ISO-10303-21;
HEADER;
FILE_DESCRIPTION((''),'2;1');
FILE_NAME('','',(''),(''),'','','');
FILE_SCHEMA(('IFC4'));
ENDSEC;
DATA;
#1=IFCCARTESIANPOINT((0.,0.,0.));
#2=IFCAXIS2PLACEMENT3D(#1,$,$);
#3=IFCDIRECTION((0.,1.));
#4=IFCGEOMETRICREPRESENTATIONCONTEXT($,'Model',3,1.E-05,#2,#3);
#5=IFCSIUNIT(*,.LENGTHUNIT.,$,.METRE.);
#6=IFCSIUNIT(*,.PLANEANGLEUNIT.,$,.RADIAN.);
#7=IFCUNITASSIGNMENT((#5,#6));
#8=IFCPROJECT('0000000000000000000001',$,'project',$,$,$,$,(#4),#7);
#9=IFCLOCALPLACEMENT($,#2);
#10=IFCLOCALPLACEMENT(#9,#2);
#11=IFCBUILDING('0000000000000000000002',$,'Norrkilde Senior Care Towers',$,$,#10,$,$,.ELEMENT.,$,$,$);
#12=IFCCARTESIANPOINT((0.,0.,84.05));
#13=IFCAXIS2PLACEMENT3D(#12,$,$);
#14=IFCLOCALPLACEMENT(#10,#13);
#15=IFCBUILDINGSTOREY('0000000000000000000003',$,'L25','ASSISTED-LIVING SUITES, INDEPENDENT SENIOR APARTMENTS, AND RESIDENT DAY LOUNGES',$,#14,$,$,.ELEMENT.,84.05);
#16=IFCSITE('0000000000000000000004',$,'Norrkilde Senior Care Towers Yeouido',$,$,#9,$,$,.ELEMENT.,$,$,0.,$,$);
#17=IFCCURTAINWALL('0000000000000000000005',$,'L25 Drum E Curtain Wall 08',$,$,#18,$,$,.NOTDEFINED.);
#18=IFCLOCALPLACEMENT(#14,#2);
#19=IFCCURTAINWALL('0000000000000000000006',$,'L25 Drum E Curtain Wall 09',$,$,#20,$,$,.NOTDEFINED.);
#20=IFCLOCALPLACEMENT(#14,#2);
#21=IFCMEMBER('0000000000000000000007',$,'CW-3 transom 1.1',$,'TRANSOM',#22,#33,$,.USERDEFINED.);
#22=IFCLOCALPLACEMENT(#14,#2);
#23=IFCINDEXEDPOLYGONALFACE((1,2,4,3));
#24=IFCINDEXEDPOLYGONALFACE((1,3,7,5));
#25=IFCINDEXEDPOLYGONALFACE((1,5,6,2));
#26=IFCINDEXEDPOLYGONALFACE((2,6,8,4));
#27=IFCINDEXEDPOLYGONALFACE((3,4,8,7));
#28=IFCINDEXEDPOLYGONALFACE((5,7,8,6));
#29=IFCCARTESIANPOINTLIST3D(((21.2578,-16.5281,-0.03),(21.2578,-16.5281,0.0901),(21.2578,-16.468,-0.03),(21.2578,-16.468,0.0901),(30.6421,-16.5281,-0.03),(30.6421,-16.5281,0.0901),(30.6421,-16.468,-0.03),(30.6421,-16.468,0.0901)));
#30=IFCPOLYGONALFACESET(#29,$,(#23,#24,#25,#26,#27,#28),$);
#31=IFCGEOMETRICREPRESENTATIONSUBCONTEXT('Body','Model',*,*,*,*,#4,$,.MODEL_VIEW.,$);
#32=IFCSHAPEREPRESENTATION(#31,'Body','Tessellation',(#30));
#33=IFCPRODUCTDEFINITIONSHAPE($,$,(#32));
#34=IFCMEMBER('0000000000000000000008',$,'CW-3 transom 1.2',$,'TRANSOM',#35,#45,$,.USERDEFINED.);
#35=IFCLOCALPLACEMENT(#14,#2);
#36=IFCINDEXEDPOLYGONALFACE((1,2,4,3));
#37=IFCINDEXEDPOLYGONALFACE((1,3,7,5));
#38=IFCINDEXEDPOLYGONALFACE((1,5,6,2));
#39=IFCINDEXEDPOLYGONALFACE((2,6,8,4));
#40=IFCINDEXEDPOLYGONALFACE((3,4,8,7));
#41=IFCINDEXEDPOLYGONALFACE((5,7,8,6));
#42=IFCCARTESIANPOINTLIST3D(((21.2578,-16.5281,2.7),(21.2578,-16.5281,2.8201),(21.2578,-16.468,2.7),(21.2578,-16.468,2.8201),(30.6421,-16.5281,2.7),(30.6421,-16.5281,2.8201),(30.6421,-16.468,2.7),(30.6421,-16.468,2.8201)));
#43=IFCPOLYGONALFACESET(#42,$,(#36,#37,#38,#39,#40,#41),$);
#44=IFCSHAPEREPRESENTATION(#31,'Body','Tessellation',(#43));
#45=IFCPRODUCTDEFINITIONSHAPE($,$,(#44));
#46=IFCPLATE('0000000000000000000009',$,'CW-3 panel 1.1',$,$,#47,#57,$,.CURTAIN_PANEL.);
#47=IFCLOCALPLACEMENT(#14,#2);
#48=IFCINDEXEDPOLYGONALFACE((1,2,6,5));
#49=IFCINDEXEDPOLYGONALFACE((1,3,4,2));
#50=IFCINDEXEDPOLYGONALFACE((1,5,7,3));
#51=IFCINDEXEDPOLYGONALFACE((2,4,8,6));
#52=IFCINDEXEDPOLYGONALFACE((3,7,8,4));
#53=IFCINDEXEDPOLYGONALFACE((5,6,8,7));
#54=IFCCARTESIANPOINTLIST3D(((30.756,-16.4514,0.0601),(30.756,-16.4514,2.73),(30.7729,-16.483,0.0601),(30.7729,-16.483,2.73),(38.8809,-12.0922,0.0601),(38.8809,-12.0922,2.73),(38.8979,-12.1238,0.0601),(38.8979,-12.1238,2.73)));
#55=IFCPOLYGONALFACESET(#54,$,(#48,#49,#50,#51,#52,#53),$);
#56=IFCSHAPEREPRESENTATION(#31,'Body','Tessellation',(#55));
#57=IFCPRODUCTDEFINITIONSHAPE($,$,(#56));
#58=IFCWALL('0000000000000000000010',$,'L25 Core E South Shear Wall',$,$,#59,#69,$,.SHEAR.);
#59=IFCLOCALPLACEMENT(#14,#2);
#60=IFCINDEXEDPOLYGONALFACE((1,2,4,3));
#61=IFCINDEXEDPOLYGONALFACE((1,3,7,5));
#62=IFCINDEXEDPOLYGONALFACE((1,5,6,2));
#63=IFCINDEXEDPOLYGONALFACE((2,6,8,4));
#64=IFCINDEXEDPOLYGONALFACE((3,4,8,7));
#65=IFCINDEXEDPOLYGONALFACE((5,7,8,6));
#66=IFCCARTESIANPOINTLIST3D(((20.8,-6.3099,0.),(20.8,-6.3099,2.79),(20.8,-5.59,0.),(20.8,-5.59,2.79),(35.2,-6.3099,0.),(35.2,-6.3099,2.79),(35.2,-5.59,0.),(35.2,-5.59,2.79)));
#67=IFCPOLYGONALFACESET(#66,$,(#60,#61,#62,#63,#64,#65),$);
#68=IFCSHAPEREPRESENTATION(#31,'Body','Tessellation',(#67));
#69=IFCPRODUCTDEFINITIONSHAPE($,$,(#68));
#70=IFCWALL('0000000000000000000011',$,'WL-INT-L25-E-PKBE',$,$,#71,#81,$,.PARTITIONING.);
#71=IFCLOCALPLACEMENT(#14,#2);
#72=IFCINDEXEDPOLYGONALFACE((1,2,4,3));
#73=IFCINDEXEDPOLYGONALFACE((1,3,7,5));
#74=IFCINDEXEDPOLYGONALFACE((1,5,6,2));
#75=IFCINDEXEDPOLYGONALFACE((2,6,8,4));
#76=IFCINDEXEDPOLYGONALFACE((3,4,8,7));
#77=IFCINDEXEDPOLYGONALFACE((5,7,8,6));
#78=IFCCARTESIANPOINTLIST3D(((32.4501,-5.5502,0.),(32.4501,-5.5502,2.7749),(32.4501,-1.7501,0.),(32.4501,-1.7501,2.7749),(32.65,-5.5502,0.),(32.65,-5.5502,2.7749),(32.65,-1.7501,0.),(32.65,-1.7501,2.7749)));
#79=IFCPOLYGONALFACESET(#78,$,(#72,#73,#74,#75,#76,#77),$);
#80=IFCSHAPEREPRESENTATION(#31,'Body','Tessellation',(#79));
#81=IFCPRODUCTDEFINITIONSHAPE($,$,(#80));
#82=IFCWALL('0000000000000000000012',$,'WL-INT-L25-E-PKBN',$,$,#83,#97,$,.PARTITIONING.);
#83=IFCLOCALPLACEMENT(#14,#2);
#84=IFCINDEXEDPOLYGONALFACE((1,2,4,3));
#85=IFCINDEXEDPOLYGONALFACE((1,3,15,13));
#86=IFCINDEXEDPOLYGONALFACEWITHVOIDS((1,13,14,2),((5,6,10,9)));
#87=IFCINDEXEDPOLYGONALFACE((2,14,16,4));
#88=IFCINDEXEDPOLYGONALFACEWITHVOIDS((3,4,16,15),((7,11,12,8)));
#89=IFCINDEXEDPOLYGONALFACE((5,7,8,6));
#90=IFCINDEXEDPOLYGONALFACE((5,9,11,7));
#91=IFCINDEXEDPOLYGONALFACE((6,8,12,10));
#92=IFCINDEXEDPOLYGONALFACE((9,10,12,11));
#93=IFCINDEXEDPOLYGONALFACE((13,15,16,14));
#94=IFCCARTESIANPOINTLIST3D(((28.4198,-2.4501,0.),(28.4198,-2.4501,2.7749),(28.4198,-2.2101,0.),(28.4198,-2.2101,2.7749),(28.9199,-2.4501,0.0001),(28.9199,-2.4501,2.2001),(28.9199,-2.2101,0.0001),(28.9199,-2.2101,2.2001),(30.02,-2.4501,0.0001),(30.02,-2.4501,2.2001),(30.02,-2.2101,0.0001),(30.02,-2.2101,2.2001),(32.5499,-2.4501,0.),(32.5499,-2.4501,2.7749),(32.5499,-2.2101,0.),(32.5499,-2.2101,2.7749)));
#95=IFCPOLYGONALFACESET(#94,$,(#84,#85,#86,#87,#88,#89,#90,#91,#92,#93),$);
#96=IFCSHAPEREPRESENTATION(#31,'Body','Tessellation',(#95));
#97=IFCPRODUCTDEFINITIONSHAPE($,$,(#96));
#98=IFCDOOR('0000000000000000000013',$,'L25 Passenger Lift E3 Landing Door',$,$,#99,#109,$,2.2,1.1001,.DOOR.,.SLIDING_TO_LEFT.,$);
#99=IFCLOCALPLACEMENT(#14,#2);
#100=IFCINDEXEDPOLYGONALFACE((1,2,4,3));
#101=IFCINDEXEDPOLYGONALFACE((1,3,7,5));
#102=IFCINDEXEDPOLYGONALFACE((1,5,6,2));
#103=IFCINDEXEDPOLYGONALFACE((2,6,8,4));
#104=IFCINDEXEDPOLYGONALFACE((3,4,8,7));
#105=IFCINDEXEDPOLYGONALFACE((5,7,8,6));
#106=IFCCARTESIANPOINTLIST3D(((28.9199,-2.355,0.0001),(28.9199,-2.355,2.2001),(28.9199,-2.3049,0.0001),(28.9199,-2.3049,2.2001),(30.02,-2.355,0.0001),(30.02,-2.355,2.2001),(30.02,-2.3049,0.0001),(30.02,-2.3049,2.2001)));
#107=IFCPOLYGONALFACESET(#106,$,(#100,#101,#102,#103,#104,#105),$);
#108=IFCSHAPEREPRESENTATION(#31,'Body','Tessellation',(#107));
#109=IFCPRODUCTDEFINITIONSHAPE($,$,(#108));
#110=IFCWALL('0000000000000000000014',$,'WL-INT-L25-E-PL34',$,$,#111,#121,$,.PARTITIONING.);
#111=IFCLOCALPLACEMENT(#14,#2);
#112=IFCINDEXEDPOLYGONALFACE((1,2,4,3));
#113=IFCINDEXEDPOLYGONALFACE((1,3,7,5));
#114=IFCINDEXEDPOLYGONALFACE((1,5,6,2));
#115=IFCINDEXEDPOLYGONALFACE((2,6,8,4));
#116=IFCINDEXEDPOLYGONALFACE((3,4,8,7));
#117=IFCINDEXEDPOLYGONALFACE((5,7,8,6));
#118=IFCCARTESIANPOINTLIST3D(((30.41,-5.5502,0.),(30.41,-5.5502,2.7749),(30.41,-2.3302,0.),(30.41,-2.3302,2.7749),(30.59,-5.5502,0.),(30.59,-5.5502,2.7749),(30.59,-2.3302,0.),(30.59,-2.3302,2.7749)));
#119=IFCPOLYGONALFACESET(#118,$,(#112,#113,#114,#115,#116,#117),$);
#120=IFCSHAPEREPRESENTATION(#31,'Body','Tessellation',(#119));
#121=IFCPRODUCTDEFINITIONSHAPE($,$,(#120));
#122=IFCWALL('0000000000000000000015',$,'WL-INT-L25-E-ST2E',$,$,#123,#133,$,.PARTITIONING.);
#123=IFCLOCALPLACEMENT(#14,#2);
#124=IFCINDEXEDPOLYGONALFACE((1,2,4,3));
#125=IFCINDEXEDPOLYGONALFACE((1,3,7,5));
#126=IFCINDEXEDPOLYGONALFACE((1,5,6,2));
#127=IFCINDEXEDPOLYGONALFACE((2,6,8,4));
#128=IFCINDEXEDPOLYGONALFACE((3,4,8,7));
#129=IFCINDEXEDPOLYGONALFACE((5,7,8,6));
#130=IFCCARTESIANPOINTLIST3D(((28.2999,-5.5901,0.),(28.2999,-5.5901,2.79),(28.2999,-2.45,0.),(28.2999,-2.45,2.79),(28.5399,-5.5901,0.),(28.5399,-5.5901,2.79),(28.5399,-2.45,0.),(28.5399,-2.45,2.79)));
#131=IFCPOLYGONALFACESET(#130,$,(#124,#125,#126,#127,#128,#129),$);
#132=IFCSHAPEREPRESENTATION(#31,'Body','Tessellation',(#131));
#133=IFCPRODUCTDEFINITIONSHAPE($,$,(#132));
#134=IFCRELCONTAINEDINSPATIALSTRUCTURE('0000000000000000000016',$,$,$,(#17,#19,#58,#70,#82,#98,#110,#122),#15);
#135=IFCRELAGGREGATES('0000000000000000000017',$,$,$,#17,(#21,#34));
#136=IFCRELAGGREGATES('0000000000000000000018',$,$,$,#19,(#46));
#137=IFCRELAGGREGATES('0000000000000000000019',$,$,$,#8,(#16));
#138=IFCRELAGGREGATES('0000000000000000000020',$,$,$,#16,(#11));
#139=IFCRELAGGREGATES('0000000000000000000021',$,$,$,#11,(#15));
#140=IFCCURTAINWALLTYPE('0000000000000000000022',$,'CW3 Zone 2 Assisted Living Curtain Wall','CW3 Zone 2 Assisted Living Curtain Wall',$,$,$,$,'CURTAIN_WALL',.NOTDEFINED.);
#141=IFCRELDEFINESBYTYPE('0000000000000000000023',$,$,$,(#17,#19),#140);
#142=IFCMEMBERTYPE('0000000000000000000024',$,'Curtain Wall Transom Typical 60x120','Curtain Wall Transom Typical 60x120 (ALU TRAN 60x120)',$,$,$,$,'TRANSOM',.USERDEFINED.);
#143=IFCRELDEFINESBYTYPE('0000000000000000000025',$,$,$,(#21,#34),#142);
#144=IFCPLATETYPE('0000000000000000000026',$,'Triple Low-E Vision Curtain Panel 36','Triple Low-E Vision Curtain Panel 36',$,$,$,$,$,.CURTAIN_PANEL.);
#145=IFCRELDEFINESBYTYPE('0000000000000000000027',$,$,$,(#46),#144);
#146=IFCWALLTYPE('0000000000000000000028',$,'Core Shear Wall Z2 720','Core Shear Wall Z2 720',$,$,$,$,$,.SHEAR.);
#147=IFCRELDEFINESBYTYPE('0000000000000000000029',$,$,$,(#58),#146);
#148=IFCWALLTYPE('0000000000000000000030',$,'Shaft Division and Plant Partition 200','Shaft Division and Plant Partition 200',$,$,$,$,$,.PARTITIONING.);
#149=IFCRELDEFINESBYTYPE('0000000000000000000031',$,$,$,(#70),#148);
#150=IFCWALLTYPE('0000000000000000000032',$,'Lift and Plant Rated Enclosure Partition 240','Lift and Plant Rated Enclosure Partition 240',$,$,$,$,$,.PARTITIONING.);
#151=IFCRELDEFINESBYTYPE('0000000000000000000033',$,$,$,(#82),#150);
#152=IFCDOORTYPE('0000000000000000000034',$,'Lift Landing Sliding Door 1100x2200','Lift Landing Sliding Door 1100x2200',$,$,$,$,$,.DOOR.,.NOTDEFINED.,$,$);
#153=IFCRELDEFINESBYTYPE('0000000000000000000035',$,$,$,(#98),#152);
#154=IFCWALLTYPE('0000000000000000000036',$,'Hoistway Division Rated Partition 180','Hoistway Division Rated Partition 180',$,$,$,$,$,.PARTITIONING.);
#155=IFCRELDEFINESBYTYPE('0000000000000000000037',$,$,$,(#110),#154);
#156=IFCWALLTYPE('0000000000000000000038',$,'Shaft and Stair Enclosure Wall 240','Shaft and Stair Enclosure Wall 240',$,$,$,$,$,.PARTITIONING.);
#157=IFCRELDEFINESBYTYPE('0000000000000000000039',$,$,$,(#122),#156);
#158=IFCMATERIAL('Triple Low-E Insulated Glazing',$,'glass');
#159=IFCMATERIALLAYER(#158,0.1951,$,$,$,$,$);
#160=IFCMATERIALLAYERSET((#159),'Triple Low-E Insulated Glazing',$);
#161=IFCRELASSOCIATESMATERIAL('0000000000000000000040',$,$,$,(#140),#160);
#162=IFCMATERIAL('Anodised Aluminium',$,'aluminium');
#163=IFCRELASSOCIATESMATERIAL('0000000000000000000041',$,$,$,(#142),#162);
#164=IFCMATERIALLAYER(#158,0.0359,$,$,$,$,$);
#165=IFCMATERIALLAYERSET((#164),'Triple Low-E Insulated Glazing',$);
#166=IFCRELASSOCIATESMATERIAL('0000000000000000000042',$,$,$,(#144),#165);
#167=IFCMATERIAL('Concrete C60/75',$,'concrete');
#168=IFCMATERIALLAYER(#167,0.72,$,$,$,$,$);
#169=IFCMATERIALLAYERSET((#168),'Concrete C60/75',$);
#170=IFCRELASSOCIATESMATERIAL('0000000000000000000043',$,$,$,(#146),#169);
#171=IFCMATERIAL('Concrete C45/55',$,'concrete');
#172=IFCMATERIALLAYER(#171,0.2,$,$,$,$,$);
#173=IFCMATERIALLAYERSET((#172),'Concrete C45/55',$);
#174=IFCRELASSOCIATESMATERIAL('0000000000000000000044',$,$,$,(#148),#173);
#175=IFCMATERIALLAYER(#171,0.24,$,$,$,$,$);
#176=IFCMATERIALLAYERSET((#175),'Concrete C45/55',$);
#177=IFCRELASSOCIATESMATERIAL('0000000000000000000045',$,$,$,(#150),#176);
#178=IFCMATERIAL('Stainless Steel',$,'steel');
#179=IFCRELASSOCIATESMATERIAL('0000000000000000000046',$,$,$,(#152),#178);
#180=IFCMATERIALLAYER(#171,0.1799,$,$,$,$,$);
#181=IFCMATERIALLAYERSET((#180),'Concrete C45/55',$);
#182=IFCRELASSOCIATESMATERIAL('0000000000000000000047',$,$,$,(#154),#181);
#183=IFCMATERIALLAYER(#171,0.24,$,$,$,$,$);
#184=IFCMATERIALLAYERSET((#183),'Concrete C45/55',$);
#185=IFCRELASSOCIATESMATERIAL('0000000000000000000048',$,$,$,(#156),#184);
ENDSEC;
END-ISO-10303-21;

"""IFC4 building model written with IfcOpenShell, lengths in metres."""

from ifc_helpers import new_model, si_unit, direction, frame, frame_2d, origin, origin_2d, place, context, subcontext, project, spatial, rectangle, extrude, source, transform, mapped, material, layer, layer_set, material_profile, profile_set, type_object, type_shapes, element, fill, aggregate, save


model = new_model("IFC4")

# Units and contexts
model_context = context("Model", 3, precision=1e-05, world=origin(), true_north=direction((0.0, 1.0)))
body_context = subcontext(model_context, "Body", "Model", "MODEL_VIEW")
ifc_project = project(units=[si_unit("LENGTHUNIT", "METRE"), si_unit("PLANEANGLEUNIT", "RADIAN")], contexts=[model_context])

# Site, building, storey
site_placement = place(None, origin())
site = spatial("IfcSite", under=ifc_project, at=site_placement, Name="Norrkilde Senior Care Towers Yeouido", CompositionType="ELEMENT", RefElevation=0.0)
building_placement = place(site_placement, origin())
building = spatial("IfcBuilding", under=site, at=building_placement, Name="Norrkilde Senior Care Towers", CompositionType="ELEMENT")
storey_placement = place(building_placement, frame((0.0, 0.0, 84.05)))
storey = spatial("IfcBuildingStorey", under=building, at=storey_placement, Name="L25", Description="ASSISTED-LIVING SUITES, INDEPENDENT SENIOR APARTMENTS, AND RESIDENT DAY LOUNGES", CompositionType="ELEMENT", Elevation=84.05)

# Shared definitions
ifc_material_1 = material(Name="Concrete C60/75", Category="concrete")

# Curtain walls
ifc_material_2 = material(Name="Triple Low-E Insulated Glazing", Category="glass")
ifc_layer_1 = layer(ifc_material_2, 0.1951)
ifc_layer_set_1 = layer_set([ifc_layer_1], Name="Triple Low-E Insulated Glazing")
curtain_wall_type = type_object("IfcCurtainWallType", Name="CW3 Zone 2 Assisted Living Curtain Wall", Description="CW3 Zone 2 Assisted Living Curtain Wall", ElementType="CURTAIN_WALL", PredefinedType="NOTDEFINED", material=ifc_layer_set_1)
curtain_wall_1_placement = place(storey_placement, origin())
curtain_wall_1 = element("IfcCurtainWall", 1, at=curtain_wall_1_placement, inside=storey, type_object=curtain_wall_type, Name="L25 Drum E Curtain Wall 08", PredefinedType="NOTDEFINED")
ifc_material_3 = material(Name="Anodised Aluminium", Category="aluminium")
curtain_wall_2_placement = place(storey_placement, origin())
curtain_wall_2 = element("IfcCurtainWall", 2, at=curtain_wall_2_placement, inside=storey, type_object=curtain_wall_type, Name="L25 Drum E Curtain Wall 09", PredefinedType="NOTDEFINED")

# Members
ifc_material_profile_1 = material_profile(ifc_material_3, rectangle(XDim=0.0601, YDim=0.1201, at=origin_2d()), Name="ALU TRAN 60x120")
ifc_profile_set_1 = profile_set([ifc_material_profile_1], Name="Anodised Aluminium")
member_type_1 = type_object("IfcMemberType", Name="Curtain Wall Transom Typical 60x120", Description="Curtain Wall Transom Typical 60x120 (ALU TRAN 60x120)", ElementType="TRANSOM", PredefinedType="USERDEFINED", material=ifc_profile_set_1)
shared_shape_1 = source(origin(), body_context, "Body", "SweptSolid", [
    extrude(rectangle(XDim=0.0601, YDim=0.1201, at=origin_2d()), origin(), (0.0, 0.0, 1.0), 9.3843),
])
type_shapes(member_type_1, [shared_shape_1])
member_1_placement = place(storey_placement, frame((30.6421, -16.498, 0.03), z_axis=(-1.0, 0.0, 0.0), x_axis=(0.0, -1.0, 0.0)))
member_1 = element("IfcMember", 3, at=member_1_placement, type_object=member_type_1, Name="CW-3 transom 1.1", ObjectType="TRANSOM", PredefinedType="USERDEFINED", context=body_context, shape_type="MappedRepresentation", body=[
    mapped(shared_shape_1, transform((0.0, 0.0, 0.0), x_axis=(1.0, 0.0, 0.0), y_axis=(0.0, 1.0, 0.0), z_axis=(0.0, 0.0, 1.0), scale=1.0)),
])
member_2_placement = place(storey_placement, frame((30.6421, -16.498, 2.76), z_axis=(-1.0, 0.0, 0.0), x_axis=(0.0, -1.0, 0.0)))
member_2 = element("IfcMember", 4, at=member_2_placement, type_object=member_type_1, Name="CW-3 transom 1.2", ObjectType="TRANSOM", PredefinedType="USERDEFINED", context=body_context, shape_type="MappedRepresentation", body=[
    mapped(shared_shape_1, transform((0.0, 0.0, 0.0), x_axis=(1.0, 0.0, 0.0), y_axis=(0.0, 1.0, 0.0), z_axis=(0.0, 0.0, 1.0), scale=1.0)),
])
aggregate(curtain_wall_1, [member_1, member_2])

# Plate
ifc_layer_2 = layer(ifc_material_2, 0.0359)
ifc_layer_set_2 = layer_set([ifc_layer_2], Name="Triple Low-E Insulated Glazing")
plate_type = type_object("IfcPlateType", Name="Triple Low-E Vision Curtain Panel 36", Description="Triple Low-E Vision Curtain Panel 36", PredefinedType="CURTAIN_PANEL", material=ifc_layer_set_2)
shared_shape_2 = source(origin(), body_context, "Body", "SweptSolid", [
    extrude(rectangle(XDim=9.2205, YDim=0.0359, at=origin_2d()), origin(), (0.0, 0.0, 1.0), 2.6699),
])
type_shapes(plate_type, [shared_shape_2])
plate_placement = place(storey_placement, frame((34.8269, -14.2876, 0.0601), z_axis=(0.0, 0.0, 1.0), x_axis=(-0.881186, -0.472769, 0.0)))
plate = element("IfcPlate", 5, at=plate_placement, type_object=plate_type, Name="CW-3 panel 1.1", PredefinedType="CURTAIN_PANEL", context=body_context, shape_type="MappedRepresentation", body=[
    mapped(shared_shape_2, transform((0.0, 0.0, 0.0), x_axis=(1.0, 0.0, 0.0), y_axis=(0.0, 1.0, 0.0), z_axis=(0.0, 0.0, 1.0), scale=1.0)),
])
aggregate(curtain_wall_2, [plate])

# Walls
ifc_layer_3 = layer(ifc_material_1, 0.72)
ifc_layer_set_3 = layer_set([ifc_layer_3], Name="Concrete C60/75")
wall_type_1 = type_object("IfcWallType", Name="Core Shear Wall Z2 720", Description="Core Shear Wall Z2 720", PredefinedType="SHEAR", material=ifc_layer_set_3)
shared_shape_3 = source(origin(), body_context, "Body", "SweptSolid", [
    extrude(rectangle(XDim=14.3999, YDim=0.72, at=frame_2d((7.2, 0.0))), origin(), (0.0, 0.0, 1.0), 2.79),
])
type_shapes(wall_type_1, [shared_shape_3])
wall_1_placement = place(storey_placement, frame((35.2, -5.95, 0.0), z_axis=(0.0, 0.0, 1.0), x_axis=(-1.0, 0.0, 0.0)))
element("IfcWall", 6, at=wall_1_placement, inside=storey, type_object=wall_type_1, Name="L25 Core E South Shear Wall", PredefinedType="SHEAR", context=body_context, shape_type="MappedRepresentation", body=[
    mapped(shared_shape_3, transform((0.0, 0.0, 0.0), x_axis=(1.0, 0.0, 0.0), y_axis=(0.0, 1.0, 0.0), z_axis=(0.0, 0.0, 1.0), scale=1.0)),
])
ifc_material_4 = material(Name="Concrete C45/55", Category="concrete")
ifc_layer_4 = layer(ifc_material_4, 0.2)
ifc_layer_set_4 = layer_set([ifc_layer_4], Name="Concrete C45/55")
wall_type_2 = type_object("IfcWallType", Name="Shaft Division and Plant Partition 200", Description="Shaft Division and Plant Partition 200", PredefinedType="PARTITIONING", material=ifc_layer_set_4)
shared_shape_4 = source(origin(), body_context, "Body", "SweptSolid", [
    extrude(rectangle(XDim=3.8, YDim=0.2, at=frame_2d((1.8999, 0.0))), origin(), (0.0, 0.0, 1.0), 2.7749),
])
type_shapes(wall_type_2, [shared_shape_4])
wall_2_placement = place(storey_placement, frame((32.55, -5.55, 0.0), z_axis=(0.0, 0.0, 1.0), x_axis=(0.0, 1.0, 0.0)))
element("IfcWall", 7, at=wall_2_placement, inside=storey, type_object=wall_type_2, Name="WL-INT-L25-E-PKBE", PredefinedType="PARTITIONING", context=body_context, shape_type="MappedRepresentation", body=[
    mapped(shared_shape_4, transform((0.0, 0.0, 0.0), x_axis=(1.0, 0.0, 0.0), y_axis=(0.0, 1.0, 0.0), z_axis=(0.0, 0.0, 1.0), scale=1.0)),
])

# Wall, opening, door
ifc_layer_5 = layer(ifc_material_4, 0.24)
ifc_layer_set_5 = layer_set([ifc_layer_5], Name="Concrete C45/55")
wall_type_3 = type_object("IfcWallType", Name="Lift and Plant Rated Enclosure Partition 240", Description="Lift and Plant Rated Enclosure Partition 240", PredefinedType="PARTITIONING", material=ifc_layer_set_5)
shared_shape_5 = source(origin(), body_context, "Body", "SweptSolid", [
    extrude(rectangle(XDim=4.1301, YDim=0.24, at=frame_2d((2.0649, 0.0))), origin(), (0.0, 0.0, 1.0), 2.7749),
])
type_shapes(wall_type_3, [shared_shape_5])
wall_3_placement = place(storey_placement, frame((28.4199, -2.3301, 0.0), z_axis=(0.0, 0.0, 1.0), x_axis=(1.0, 0.0, 0.0)))
wall_3 = element("IfcWall", 8, at=wall_3_placement, inside=storey, type_object=wall_type_3, Name="WL-INT-L25-E-PKBN", PredefinedType="PARTITIONING", context=body_context, shape_type="MappedRepresentation", body=[
    mapped(shared_shape_5, transform((0.0, 0.0, 0.0), x_axis=(1.0, 0.0, 0.0), y_axis=(0.0, 1.0, 0.0), z_axis=(0.0, 0.0, 1.0), scale=1.0)),
])
opening_1_placement = place(wall_3_placement, frame((0.5, 0.0, 0.0)))
opening_1 = element("IfcOpeningElement", 9, at=opening_1_placement, cuts=wall_3, PredefinedType="OPENING", context=body_context, shape_type="SweptSolid", body=[
    extrude(rectangle(XDim=1.1001, YDim=2.2, at=frame_2d((0.55, 1.1001))), frame((0.0, 0.1299, 0.0), z_axis=(0.0, -1.0, 0.0), x_axis=(1.0, 0.0, 0.0)), (0.0, 0.0, 1.0), 0.26),
])
ifc_material_5 = material(Name="Stainless Steel", Category="steel")
door_type_1 = type_object("IfcDoorType", Name="Lift Landing Sliding Door 1100x2200", Description="Lift Landing Sliding Door 1100x2200", OperationType="NOTDEFINED", PredefinedType="DOOR", material=ifc_material_5)
shared_shape_6 = source(origin(), body_context, "Body", "SweptSolid", [
    extrude(rectangle(XDim=1.1001, YDim=2.2, at=frame_2d((0.55, 1.1001))), frame((0.0, 0.0249, 0.0), z_axis=(0.0, -1.0, 0.0), x_axis=(1.0, 0.0, 0.0)), (0.0, 0.0, 1.0), 0.05),
])
type_shapes(door_type_1, [shared_shape_6])
door_1_placement = place(opening_1_placement, frame((1.1001, 0.0, 0.0), z_axis=(0.0, 0.0, 1.0), x_axis=(-1.0, 0.0, 0.0)))
door_1 = element("IfcDoor", 10, at=door_1_placement, inside=storey, type_object=door_type_1, Name="L25 Passenger Lift E3 Landing Door", OperationType="SLIDING_TO_LEFT", OverallHeight=2.2, OverallWidth=1.1001, PredefinedType="DOOR", context=body_context, shape_type="MappedRepresentation", body=[
    mapped(shared_shape_6, transform((0.0, 0.0, 0.0), x_axis=(1.0, 0.0, 0.0), y_axis=(0.0, 1.0, 0.0), z_axis=(0.0, 0.0, 1.0), scale=1.0)),
])
fill(opening_1, door_1)

# Walls
ifc_layer_6 = layer(ifc_material_4, 0.1799)
ifc_layer_set_6 = layer_set([ifc_layer_6], Name="Concrete C45/55")
wall_type_4 = type_object("IfcWallType", Name="Hoistway Division Rated Partition 180", Description="Hoistway Division Rated Partition 180", PredefinedType="PARTITIONING", material=ifc_layer_set_6)
shared_shape_7 = source(origin(), body_context, "Body", "SweptSolid", [
    extrude(rectangle(XDim=3.22, YDim=0.1799, at=frame_2d((1.6099, 0.0))), origin(), (0.0, 0.0, 1.0), 2.7749),
])
type_shapes(wall_type_4, [shared_shape_7])
wall_4_placement = place(storey_placement, frame((30.5, -5.55, 0.0), z_axis=(0.0, 0.0, 1.0), x_axis=(0.0, 1.0, 0.0)))
element("IfcWall", 11, at=wall_4_placement, inside=storey, type_object=wall_type_4, Name="WL-INT-L25-E-PL34", PredefinedType="PARTITIONING", context=body_context, shape_type="MappedRepresentation", body=[
    mapped(shared_shape_7, transform((0.0, 0.0, 0.0), x_axis=(1.0, 0.0, 0.0), y_axis=(0.0, 1.0, 0.0), z_axis=(0.0, 0.0, 1.0), scale=1.0)),
])
ifc_layer_7 = layer(ifc_material_4, 0.24)
ifc_layer_set_7 = layer_set([ifc_layer_7], Name="Concrete C45/55")
wall_type_5 = type_object("IfcWallType", Name="Shaft and Stair Enclosure Wall 240", Description="Shaft and Stair Enclosure Wall 240", PredefinedType="PARTITIONING", material=ifc_layer_set_7)
shared_shape_8 = source(origin(), body_context, "Body", "SweptSolid", [
    extrude(rectangle(XDim=3.1401, YDim=0.24, at=frame_2d((1.5701, 0.0))), origin(), (0.0, 0.0, 1.0), 2.79),
])
type_shapes(wall_type_5, [shared_shape_8])
wall_5_placement = place(storey_placement, frame((28.4199, -5.5901, 0.0), z_axis=(0.0, 0.0, 1.0), x_axis=(0.0, 1.0, 0.0)))
element("IfcWall", 12, at=wall_5_placement, inside=storey, type_object=wall_type_5, Name="WL-INT-L25-E-ST2E", PredefinedType="PARTITIONING", context=body_context, shape_type="MappedRepresentation", body=[
    mapped(shared_shape_8, transform((0.0, 0.0, 0.0), x_axis=(1.0, 0.0, 0.0), y_axis=(0.0, 1.0, 0.0), z_axis=(0.0, 0.0, 1.0), scale=1.0)),
])

save(model, "model.ifc")
